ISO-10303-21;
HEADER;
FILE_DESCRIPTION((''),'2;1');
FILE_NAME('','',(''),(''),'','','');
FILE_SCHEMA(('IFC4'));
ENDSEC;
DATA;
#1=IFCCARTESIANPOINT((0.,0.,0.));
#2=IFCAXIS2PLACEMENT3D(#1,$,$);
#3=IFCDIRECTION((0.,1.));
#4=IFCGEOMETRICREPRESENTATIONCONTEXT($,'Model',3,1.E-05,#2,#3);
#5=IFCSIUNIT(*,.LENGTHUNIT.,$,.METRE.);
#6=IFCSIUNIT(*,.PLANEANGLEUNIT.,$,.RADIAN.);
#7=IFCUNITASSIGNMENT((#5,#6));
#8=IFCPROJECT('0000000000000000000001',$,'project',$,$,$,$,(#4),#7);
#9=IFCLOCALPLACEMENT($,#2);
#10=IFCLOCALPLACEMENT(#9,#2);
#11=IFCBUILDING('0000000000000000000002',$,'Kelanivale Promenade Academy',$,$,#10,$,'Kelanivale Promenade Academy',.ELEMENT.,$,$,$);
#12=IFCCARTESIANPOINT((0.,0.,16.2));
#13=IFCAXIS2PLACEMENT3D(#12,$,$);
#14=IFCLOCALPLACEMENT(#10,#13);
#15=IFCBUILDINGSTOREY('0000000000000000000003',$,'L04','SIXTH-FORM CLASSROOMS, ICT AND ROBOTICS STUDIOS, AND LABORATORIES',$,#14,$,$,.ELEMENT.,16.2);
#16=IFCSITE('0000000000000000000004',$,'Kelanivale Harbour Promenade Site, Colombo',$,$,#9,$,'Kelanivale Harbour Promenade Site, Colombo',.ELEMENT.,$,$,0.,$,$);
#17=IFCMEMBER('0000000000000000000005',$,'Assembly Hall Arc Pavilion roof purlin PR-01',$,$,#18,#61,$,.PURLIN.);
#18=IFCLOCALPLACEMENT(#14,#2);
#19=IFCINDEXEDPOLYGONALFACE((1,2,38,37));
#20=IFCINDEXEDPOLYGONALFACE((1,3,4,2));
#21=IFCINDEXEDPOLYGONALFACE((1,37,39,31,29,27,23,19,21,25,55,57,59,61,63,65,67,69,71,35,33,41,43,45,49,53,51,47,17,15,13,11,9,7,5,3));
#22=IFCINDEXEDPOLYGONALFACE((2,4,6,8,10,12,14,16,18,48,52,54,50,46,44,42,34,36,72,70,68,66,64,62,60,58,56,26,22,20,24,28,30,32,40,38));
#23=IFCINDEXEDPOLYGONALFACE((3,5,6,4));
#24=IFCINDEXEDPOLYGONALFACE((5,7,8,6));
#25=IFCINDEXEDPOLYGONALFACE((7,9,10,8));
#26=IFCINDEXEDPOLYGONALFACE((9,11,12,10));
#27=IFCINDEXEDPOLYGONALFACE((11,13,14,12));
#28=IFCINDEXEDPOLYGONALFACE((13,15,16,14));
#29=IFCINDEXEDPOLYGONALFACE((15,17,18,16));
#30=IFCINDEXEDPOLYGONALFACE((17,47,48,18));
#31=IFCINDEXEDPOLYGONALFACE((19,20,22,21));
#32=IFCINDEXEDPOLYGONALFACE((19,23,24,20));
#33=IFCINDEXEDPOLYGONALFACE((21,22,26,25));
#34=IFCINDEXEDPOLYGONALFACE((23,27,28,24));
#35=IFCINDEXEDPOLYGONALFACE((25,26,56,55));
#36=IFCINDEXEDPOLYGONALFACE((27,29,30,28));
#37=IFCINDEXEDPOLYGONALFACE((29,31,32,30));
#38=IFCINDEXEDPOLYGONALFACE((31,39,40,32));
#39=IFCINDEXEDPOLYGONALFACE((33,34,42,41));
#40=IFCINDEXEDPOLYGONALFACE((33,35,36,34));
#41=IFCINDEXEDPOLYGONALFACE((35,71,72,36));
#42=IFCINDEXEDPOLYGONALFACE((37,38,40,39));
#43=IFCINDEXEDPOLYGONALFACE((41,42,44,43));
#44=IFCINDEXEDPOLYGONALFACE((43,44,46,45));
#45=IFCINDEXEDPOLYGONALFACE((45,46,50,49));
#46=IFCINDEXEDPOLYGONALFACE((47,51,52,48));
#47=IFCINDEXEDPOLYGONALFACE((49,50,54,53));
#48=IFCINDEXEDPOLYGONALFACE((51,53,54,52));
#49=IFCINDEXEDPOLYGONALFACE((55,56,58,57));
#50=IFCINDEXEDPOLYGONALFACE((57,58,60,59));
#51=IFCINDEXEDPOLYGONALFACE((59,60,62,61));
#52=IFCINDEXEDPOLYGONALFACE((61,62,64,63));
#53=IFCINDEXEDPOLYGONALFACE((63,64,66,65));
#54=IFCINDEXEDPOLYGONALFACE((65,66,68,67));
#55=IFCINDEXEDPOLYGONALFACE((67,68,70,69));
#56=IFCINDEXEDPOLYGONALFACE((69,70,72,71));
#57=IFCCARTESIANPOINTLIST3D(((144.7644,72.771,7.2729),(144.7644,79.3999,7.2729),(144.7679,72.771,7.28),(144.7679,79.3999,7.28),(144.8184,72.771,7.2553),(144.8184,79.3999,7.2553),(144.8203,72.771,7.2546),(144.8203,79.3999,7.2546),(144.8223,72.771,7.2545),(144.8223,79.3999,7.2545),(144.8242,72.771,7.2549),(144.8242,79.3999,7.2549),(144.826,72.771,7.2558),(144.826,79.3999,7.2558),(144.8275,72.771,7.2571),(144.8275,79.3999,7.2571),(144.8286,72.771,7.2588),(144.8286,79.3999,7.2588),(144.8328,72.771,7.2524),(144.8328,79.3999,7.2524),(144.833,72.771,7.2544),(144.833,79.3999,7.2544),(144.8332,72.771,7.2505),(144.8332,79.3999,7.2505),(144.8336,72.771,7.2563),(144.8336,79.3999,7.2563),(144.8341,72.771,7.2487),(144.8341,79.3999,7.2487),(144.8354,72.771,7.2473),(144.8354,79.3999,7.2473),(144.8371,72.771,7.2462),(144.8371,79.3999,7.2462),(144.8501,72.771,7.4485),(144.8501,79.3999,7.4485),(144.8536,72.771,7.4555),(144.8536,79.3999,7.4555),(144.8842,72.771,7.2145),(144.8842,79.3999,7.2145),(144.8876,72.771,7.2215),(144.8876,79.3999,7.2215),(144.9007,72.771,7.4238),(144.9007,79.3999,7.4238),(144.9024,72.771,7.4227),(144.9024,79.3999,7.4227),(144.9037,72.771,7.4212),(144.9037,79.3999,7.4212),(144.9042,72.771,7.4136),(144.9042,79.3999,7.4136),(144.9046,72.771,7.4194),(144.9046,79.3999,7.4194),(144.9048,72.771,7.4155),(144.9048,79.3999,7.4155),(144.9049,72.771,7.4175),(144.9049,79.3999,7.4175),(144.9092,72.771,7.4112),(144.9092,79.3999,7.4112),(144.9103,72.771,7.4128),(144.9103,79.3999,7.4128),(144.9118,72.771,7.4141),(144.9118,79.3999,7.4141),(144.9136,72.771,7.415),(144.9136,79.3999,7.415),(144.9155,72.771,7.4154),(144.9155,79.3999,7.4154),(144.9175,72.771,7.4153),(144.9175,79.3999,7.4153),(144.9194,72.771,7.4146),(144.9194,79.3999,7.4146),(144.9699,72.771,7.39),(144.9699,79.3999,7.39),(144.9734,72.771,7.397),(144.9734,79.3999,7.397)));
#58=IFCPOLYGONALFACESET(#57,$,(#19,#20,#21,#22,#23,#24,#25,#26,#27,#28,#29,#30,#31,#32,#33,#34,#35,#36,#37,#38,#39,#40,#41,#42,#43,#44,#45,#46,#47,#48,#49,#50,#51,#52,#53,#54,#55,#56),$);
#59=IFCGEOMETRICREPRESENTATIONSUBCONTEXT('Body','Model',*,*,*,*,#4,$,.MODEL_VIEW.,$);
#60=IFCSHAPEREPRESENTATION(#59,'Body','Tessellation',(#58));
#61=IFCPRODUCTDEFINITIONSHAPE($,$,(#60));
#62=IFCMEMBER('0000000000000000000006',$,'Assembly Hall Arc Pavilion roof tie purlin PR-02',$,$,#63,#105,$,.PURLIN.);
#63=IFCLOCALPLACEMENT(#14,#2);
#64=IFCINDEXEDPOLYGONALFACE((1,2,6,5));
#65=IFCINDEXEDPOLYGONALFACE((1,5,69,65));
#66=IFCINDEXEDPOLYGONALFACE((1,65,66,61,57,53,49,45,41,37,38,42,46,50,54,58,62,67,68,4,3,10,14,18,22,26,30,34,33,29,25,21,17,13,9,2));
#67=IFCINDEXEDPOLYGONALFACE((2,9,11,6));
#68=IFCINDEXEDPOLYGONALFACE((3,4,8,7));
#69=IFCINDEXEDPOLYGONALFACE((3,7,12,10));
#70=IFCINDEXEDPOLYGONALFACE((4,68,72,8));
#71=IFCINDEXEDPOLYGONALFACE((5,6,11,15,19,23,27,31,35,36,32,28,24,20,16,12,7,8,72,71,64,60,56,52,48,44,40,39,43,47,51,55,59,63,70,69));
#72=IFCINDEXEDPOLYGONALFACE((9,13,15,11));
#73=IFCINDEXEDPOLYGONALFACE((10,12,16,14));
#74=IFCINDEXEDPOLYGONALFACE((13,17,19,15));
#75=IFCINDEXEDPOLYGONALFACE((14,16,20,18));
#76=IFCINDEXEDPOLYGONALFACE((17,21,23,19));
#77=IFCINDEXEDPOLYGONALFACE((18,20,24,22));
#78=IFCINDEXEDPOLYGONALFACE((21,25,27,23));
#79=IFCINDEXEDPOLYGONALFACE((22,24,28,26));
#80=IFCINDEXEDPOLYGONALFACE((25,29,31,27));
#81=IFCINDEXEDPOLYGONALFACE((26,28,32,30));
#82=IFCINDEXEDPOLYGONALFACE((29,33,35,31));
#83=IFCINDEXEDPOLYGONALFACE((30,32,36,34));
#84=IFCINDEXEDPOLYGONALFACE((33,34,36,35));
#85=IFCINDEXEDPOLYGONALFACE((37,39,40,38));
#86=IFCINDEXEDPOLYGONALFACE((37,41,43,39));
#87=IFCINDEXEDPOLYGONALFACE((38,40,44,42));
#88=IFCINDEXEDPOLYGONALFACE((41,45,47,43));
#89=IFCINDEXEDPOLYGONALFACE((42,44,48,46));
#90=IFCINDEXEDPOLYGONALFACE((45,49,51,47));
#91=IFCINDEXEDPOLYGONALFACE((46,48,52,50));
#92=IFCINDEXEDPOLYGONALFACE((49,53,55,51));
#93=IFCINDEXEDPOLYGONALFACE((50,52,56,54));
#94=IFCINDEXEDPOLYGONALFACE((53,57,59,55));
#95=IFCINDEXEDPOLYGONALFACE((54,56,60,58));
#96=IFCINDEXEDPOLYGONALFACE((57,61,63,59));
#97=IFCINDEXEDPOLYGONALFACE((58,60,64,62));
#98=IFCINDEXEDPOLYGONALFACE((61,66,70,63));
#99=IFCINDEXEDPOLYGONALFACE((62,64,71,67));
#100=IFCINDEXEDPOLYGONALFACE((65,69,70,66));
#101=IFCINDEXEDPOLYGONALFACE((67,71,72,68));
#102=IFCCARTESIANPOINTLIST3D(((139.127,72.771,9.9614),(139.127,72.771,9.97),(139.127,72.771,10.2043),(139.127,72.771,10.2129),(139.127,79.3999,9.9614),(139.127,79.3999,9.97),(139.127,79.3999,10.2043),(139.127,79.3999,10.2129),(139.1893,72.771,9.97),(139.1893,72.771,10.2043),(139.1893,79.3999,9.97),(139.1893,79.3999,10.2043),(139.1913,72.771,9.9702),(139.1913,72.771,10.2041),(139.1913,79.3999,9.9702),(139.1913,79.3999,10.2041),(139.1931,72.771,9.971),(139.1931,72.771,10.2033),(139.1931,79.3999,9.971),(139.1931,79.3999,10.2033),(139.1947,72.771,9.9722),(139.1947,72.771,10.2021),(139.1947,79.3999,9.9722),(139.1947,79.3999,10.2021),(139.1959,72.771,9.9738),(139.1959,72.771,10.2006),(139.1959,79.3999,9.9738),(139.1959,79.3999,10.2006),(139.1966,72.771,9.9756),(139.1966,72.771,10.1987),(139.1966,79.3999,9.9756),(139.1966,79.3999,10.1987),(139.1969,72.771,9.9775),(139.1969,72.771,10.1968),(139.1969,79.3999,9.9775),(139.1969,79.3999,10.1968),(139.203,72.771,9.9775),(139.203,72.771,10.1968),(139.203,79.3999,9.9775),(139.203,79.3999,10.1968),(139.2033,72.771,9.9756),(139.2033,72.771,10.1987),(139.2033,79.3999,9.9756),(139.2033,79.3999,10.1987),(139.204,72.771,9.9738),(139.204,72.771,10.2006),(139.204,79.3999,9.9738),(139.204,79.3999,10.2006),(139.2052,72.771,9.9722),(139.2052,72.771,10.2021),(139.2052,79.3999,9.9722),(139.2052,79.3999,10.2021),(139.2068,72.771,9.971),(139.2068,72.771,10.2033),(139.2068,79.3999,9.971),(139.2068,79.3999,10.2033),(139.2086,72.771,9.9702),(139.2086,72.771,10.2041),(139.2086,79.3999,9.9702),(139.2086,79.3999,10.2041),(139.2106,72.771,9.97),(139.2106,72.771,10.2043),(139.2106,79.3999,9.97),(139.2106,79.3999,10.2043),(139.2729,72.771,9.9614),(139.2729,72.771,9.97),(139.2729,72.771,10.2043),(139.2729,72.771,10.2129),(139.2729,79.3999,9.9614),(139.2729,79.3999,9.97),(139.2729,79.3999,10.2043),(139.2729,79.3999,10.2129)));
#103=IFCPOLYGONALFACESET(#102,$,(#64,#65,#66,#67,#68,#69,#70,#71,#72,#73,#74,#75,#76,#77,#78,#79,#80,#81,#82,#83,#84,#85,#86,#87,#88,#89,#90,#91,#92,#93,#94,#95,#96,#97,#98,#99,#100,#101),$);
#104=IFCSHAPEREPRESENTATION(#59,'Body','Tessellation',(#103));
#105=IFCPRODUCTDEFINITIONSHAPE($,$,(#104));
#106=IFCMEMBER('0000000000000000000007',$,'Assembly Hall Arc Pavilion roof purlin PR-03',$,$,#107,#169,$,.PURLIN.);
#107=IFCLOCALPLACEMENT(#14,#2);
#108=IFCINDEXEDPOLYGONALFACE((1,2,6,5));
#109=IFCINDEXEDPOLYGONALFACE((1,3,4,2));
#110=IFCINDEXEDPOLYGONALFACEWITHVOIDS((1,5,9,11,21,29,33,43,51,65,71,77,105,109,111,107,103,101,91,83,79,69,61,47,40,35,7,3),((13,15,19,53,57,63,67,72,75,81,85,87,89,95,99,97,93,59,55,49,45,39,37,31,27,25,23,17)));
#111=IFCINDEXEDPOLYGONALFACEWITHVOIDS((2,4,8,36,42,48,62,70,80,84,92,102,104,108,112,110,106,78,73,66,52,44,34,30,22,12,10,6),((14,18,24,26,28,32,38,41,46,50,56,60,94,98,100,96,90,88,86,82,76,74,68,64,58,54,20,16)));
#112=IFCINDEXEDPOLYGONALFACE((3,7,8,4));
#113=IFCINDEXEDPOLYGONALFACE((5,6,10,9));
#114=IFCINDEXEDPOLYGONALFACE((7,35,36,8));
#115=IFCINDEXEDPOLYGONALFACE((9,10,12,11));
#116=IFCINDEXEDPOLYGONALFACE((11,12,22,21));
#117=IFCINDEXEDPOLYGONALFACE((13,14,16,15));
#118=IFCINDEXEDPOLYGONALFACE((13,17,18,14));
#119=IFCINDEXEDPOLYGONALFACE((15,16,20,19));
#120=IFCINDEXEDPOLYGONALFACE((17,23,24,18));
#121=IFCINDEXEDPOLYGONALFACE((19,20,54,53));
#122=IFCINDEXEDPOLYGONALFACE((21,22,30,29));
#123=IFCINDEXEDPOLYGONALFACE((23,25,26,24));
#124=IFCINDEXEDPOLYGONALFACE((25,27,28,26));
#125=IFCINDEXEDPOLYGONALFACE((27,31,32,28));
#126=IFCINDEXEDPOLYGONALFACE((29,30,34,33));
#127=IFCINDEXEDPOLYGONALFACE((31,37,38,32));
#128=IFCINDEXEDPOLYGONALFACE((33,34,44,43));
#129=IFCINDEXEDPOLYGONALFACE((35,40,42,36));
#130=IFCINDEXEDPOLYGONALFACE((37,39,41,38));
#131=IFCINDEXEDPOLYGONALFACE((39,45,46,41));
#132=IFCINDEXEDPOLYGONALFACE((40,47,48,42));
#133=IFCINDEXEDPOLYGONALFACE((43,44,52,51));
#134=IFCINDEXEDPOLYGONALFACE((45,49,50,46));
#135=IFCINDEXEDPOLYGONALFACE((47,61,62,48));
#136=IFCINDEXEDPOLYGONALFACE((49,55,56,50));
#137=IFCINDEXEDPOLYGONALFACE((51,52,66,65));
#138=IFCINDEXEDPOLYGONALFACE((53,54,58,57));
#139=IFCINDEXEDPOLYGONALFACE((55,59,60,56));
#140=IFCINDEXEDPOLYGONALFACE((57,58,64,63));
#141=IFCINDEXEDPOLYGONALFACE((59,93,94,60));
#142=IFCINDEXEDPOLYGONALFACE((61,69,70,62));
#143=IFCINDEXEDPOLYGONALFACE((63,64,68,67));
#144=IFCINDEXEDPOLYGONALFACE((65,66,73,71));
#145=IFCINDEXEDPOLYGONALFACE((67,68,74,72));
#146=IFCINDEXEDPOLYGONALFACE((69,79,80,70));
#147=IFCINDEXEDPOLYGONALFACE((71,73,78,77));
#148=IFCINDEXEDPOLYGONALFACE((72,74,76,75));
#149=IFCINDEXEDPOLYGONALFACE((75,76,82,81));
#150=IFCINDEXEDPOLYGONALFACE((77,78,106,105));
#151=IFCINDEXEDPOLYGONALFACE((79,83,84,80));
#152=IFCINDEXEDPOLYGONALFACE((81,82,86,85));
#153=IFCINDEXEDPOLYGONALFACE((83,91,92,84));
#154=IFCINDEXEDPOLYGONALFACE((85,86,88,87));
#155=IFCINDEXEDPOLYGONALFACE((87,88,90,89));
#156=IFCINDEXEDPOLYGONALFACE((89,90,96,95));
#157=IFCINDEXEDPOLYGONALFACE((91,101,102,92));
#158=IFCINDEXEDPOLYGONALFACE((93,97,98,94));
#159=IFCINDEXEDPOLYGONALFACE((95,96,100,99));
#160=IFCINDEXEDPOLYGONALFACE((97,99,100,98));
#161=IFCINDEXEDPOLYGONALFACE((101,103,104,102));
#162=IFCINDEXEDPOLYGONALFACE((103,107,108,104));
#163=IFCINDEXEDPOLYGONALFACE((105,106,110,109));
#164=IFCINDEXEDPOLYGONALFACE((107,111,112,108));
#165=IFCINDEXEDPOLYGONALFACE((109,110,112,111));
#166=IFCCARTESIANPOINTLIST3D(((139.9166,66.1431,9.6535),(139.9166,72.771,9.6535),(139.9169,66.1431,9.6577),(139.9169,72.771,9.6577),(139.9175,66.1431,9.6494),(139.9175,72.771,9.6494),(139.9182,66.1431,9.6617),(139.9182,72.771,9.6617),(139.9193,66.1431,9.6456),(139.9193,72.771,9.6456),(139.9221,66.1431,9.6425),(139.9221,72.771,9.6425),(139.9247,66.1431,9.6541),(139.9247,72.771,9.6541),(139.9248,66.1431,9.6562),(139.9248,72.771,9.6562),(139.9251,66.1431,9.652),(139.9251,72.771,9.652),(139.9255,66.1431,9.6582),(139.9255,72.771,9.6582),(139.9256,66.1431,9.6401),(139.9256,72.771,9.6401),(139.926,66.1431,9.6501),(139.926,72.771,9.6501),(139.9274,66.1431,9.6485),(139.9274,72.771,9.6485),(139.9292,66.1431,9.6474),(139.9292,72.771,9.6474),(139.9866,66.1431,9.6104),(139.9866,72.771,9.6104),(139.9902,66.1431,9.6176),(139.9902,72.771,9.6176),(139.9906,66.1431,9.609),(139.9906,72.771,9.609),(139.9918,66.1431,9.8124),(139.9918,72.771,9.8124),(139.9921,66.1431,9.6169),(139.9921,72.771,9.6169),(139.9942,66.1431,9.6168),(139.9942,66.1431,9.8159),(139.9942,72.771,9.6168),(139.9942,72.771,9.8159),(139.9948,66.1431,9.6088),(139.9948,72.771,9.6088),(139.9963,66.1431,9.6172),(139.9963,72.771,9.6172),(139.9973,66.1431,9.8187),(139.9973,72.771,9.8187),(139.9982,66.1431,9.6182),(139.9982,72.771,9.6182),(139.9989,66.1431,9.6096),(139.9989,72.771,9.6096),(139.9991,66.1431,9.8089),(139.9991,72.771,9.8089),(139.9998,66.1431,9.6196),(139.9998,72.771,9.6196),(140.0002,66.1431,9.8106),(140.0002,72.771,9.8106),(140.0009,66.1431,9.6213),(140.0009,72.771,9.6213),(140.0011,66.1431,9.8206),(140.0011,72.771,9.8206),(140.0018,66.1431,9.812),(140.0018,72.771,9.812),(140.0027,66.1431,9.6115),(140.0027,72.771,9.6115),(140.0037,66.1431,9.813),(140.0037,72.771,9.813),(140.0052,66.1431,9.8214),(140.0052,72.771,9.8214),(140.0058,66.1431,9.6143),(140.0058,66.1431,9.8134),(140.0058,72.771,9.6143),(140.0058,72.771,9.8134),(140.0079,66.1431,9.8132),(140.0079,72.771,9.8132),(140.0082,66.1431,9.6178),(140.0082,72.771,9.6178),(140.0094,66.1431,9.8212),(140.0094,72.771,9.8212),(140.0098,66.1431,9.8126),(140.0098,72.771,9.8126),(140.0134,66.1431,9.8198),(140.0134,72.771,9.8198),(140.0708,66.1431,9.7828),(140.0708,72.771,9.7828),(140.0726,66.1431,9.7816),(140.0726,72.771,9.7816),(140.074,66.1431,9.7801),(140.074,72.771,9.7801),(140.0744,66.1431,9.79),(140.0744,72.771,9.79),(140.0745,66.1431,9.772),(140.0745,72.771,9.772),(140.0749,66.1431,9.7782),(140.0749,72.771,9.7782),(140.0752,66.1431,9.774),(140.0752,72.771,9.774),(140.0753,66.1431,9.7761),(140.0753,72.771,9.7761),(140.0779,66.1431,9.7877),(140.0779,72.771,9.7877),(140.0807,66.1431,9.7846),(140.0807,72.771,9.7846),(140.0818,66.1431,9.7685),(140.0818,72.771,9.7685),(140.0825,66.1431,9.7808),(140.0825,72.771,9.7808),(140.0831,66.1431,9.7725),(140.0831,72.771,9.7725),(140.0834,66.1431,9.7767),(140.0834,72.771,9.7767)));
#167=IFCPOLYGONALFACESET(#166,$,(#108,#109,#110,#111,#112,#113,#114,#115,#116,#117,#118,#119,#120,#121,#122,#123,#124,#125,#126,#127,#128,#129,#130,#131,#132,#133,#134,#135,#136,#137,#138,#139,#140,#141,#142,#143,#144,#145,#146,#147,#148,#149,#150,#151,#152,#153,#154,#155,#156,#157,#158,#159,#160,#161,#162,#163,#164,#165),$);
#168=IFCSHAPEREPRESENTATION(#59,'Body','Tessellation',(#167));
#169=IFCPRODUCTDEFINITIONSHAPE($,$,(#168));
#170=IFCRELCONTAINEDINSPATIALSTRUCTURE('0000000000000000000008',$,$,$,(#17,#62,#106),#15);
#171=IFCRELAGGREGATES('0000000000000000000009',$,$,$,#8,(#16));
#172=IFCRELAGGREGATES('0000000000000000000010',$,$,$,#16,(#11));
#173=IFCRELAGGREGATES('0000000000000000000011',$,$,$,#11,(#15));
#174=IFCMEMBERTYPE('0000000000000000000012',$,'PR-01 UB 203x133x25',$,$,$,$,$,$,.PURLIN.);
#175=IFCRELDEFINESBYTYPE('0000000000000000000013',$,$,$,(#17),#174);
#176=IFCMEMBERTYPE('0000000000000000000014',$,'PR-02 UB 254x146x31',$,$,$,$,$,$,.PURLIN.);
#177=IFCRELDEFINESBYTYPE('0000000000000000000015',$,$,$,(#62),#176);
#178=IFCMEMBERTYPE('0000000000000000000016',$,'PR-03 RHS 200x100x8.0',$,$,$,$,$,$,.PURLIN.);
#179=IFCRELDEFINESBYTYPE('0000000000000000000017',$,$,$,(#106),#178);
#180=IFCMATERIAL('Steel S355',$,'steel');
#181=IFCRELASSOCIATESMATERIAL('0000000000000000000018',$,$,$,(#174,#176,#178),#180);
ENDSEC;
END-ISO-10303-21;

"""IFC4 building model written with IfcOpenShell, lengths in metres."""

from ifc_helpers import new_model, si_unit, direction, frame, origin, origin_2d, place, context, subcontext, project, spatial, hollow_rectangle, i_section, extrude, material, material_profile, profile_set, type_object, element, save


model = new_model("IFC4")

# Units and contexts
model_context = context("Model", 3, precision=1e-05, world=origin(), true_north=direction((0.0, 1.0)))
body_context = subcontext(model_context, "Body", "Model", "MODEL_VIEW")
ifc_project = project(units=[si_unit("LENGTHUNIT", "METRE"), si_unit("PLANEANGLEUNIT", "RADIAN")], contexts=[model_context])

# Site, building, storey
site_placement = place(None, origin())
site = spatial("IfcSite", under=ifc_project, at=site_placement, Name="Kelanivale Harbour Promenade Site, Colombo", LongName="Kelanivale Harbour Promenade Site, Colombo", CompositionType="ELEMENT", RefElevation=0.0)
building_placement = place(site_placement, origin())
building = spatial("IfcBuilding", under=site, at=building_placement, Name="Kelanivale Promenade Academy", LongName="Kelanivale Promenade Academy", CompositionType="ELEMENT")
storey_placement = place(building_placement, frame((0.0, 0.0, 16.2)))
storey = spatial("IfcBuildingStorey", under=building, at=storey_placement, Name="L04", Description="SIXTH-FORM CLASSROOMS, ICT AND ROBOTICS STUDIOS, AND LABORATORIES", CompositionType="ELEMENT", Elevation=16.2)

# Members
ifc_material = material(Name="Steel S355", Category="steel")
ifc_material_profile_1 = material_profile(ifc_material, i_section(OverallWidth=0.1333, OverallDepth=0.2031, WebThickness=0.0056, FlangeThickness=0.0078, FilletRadius=0.0076, at=origin_2d()), Name="UB 203x133x25")
ifc_profile_set_1 = profile_set([ifc_material_profile_1], Name="Steel S355")
member_type_1 = type_object("IfcMemberType", Name="PR-01 UB 203x133x25", PredefinedType="PURLIN", material=ifc_profile_set_1)
member_1_placement = place(storey_placement, frame((144.8689, 72.771, 7.335), z_axis=(0.0, 1.0, 0.0), x_axis=(-0.898564, 0.0, 0.438842)))
element("IfcMember", 1, at=member_1_placement, inside=storey, type_object=member_type_1, Name="Assembly Hall Arc Pavilion roof purlin PR-01", PredefinedType="PURLIN", context=body_context, shape_type="SweptSolid", body=[
    extrude(i_section(OverallWidth=0.1333, OverallDepth=0.2031, WebThickness=0.0056, FlangeThickness=0.0078, FilletRadius=0.0076, at=origin_2d()), origin(), (0.0, 0.0, 1.0), 6.6289),
])
ifc_material_profile_2 = material_profile(ifc_material, i_section(OverallWidth=0.146, OverallDepth=0.2515, WebThickness=0.0061, FlangeThickness=0.0085, FilletRadius=0.0076, at=origin_2d()), Name="UB 254x146x31")
ifc_profile_set_2 = profile_set([ifc_material_profile_2], Name="Steel S355")
member_type_2 = type_object("IfcMemberType", Name="PR-02 UB 254x146x31", PredefinedType="PURLIN", material=ifc_profile_set_2)
member_2_placement = place(storey_placement, frame((139.2, 72.771, 10.0872), z_axis=(0.0, 1.0, 0.0), x_axis=(-1.0, 0.0, 0.0)))
element("IfcMember", 2, at=member_2_placement, inside=storey, type_object=member_type_2, Name="Assembly Hall Arc Pavilion roof tie purlin PR-02", PredefinedType="PURLIN", context=body_context, shape_type="SweptSolid", body=[
    extrude(i_section(OverallWidth=0.146, OverallDepth=0.2515, WebThickness=0.0061, FlangeThickness=0.0085, FilletRadius=0.0076, at=origin_2d()), origin(), (0.0, 0.0, 1.0), 6.6289),
])
ifc_material_profile_3 = material_profile(ifc_material, hollow_rectangle(XDim=0.1001, YDim=0.2, WallThickness=0.0081, InnerFilletRadius=0.0081, OuterFilletRadius=0.0161, at=origin_2d()), Name="RHS 200x100x8.0")
ifc_profile_set_3 = profile_set([ifc_material_profile_3], Name="Steel S355")
member_type_3 = type_object("IfcMemberType", Name="PR-03 RHS 200x100x8.0", PredefinedType="PURLIN", material=ifc_profile_set_3)
member_3_placement = place(storey_placement, frame((140.0, 66.1431, 9.7151), z_axis=(0.0, 1.0, 0.0), x_axis=(-0.898564, 0.0, 0.438842)))
element("IfcMember", 3, at=member_3_placement, inside=storey, type_object=member_type_3, Name="Assembly Hall Arc Pavilion roof purlin PR-03", PredefinedType="PURLIN", context=body_context, shape_type="SweptSolid", body=[
    extrude(hollow_rectangle(XDim=0.1001, YDim=0.2, WallThickness=0.0081, InnerFilletRadius=0.0081, OuterFilletRadius=0.0161, at=origin_2d()), origin(), (0.0, 0.0, 1.0), 6.6279),
])

save(model, "model.ifc")
